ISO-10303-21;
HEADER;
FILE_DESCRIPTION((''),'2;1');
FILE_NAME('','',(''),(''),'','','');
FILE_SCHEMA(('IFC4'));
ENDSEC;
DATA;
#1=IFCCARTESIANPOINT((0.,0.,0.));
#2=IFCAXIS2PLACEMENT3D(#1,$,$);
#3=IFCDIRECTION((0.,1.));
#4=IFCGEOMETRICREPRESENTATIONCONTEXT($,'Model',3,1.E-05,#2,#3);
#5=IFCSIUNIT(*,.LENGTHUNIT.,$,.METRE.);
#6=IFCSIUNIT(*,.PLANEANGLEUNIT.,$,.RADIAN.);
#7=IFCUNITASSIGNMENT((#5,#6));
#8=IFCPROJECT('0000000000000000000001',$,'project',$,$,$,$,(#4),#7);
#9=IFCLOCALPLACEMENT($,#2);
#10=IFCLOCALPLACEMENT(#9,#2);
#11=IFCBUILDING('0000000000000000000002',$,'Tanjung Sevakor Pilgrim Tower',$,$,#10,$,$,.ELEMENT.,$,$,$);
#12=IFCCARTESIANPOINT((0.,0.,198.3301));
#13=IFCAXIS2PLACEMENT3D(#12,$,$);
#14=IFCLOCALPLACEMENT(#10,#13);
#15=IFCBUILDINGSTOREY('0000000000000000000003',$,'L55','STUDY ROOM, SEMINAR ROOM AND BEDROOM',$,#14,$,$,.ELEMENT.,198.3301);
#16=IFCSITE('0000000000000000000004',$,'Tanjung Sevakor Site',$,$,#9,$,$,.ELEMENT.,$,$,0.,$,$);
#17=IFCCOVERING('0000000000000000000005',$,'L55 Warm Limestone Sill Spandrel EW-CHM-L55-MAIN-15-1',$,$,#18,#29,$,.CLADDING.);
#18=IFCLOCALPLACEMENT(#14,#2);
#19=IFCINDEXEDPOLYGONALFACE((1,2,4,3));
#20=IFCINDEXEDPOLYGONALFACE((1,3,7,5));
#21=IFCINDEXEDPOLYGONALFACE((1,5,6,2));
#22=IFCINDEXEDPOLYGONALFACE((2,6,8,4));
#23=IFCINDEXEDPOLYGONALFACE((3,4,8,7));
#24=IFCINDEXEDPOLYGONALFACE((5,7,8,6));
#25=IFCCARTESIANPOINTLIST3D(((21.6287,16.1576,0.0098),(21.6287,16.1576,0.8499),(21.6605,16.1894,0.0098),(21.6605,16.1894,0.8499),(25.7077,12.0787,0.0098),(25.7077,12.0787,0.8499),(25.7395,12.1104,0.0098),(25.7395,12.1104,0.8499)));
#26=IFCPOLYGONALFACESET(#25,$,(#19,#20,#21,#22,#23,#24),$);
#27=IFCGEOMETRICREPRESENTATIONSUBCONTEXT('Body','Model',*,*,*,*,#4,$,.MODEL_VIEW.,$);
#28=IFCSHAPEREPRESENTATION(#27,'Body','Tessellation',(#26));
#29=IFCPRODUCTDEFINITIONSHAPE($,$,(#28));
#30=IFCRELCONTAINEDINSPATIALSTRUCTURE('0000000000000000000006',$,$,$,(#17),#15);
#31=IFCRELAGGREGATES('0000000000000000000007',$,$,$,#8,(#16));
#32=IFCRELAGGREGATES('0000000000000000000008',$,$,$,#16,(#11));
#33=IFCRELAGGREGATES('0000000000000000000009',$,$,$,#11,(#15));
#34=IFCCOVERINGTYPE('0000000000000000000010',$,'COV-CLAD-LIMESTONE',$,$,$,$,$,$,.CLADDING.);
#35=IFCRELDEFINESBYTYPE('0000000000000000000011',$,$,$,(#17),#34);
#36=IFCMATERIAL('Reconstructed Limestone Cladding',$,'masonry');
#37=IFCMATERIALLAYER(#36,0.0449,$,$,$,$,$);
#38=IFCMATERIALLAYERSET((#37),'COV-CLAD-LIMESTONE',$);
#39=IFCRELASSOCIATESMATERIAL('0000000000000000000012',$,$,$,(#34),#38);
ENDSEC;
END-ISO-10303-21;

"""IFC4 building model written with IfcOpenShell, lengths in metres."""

from ifc_helpers import new_model, si_unit, direction, frame, origin, origin_2d, place, context, subcontext, project, spatial, rectangle, extrude, material, layer, layer_set, type_object, element, save


model = new_model("IFC4")

# Units and contexts
model_context = context("Model", 3, precision=1e-05, world=origin(), true_north=direction((0.0, 1.0)))
body_context = subcontext(model_context, "Body", "Model", "MODEL_VIEW")
ifc_project = project(units=[si_unit("LENGTHUNIT", "METRE"), si_unit("PLANEANGLEUNIT", "RADIAN")], contexts=[model_context])

# Site, building, storey
site_placement = place(None, origin())
site = spatial("IfcSite", under=ifc_project, at=site_placement, Name="Tanjung Sevakor Site", CompositionType="ELEMENT", RefElevation=0.0)
building_placement = place(site_placement, origin())
building = spatial("IfcBuilding", under=site, at=building_placement, Name="Tanjung Sevakor Pilgrim Tower", CompositionType="ELEMENT")
storey_placement = place(building_placement, frame((0.0, 0.0, 198.3301)))
storey = spatial("IfcBuildingStorey", under=building, at=storey_placement, Name="L55", Description="STUDY ROOM, SEMINAR ROOM AND BEDROOM", CompositionType="ELEMENT", Elevation=198.3301)

# Covering
ifc_material_1 = material(Name="Reconstructed Limestone Cladding", Category="masonry")
ifc_layer_1 = layer(ifc_material_1, 0.0449)
ifc_layer_set_1 = layer_set([ifc_layer_1], Name="COV-CLAD-LIMESTONE")
covering_type = type_object("IfcCoveringType", Name="COV-CLAD-LIMESTONE", PredefinedType="CLADDING", material=ifc_layer_set_1)
covering_1_placement = place(storey_placement, frame((23.6841, 14.134, 0.0098), z_axis=(0.0, 0.0, 1.0), x_axis=(0.707107, -0.707107, 0.0)))
element("IfcCovering", 1, at=covering_1_placement, inside=storey, type_object=covering_type, Name="L55 Warm Limestone Sill Spandrel EW-CHM-L55-MAIN-15-1", PredefinedType="CLADDING", context=body_context, shape_type="SweptSolid", body=[
    extrude(rectangle(XDim=5.7686, YDim=0.0449, at=origin_2d()), origin(), (0.0, 0.0, 1.0), 0.8401),
])

save(model, "model.ifc")
